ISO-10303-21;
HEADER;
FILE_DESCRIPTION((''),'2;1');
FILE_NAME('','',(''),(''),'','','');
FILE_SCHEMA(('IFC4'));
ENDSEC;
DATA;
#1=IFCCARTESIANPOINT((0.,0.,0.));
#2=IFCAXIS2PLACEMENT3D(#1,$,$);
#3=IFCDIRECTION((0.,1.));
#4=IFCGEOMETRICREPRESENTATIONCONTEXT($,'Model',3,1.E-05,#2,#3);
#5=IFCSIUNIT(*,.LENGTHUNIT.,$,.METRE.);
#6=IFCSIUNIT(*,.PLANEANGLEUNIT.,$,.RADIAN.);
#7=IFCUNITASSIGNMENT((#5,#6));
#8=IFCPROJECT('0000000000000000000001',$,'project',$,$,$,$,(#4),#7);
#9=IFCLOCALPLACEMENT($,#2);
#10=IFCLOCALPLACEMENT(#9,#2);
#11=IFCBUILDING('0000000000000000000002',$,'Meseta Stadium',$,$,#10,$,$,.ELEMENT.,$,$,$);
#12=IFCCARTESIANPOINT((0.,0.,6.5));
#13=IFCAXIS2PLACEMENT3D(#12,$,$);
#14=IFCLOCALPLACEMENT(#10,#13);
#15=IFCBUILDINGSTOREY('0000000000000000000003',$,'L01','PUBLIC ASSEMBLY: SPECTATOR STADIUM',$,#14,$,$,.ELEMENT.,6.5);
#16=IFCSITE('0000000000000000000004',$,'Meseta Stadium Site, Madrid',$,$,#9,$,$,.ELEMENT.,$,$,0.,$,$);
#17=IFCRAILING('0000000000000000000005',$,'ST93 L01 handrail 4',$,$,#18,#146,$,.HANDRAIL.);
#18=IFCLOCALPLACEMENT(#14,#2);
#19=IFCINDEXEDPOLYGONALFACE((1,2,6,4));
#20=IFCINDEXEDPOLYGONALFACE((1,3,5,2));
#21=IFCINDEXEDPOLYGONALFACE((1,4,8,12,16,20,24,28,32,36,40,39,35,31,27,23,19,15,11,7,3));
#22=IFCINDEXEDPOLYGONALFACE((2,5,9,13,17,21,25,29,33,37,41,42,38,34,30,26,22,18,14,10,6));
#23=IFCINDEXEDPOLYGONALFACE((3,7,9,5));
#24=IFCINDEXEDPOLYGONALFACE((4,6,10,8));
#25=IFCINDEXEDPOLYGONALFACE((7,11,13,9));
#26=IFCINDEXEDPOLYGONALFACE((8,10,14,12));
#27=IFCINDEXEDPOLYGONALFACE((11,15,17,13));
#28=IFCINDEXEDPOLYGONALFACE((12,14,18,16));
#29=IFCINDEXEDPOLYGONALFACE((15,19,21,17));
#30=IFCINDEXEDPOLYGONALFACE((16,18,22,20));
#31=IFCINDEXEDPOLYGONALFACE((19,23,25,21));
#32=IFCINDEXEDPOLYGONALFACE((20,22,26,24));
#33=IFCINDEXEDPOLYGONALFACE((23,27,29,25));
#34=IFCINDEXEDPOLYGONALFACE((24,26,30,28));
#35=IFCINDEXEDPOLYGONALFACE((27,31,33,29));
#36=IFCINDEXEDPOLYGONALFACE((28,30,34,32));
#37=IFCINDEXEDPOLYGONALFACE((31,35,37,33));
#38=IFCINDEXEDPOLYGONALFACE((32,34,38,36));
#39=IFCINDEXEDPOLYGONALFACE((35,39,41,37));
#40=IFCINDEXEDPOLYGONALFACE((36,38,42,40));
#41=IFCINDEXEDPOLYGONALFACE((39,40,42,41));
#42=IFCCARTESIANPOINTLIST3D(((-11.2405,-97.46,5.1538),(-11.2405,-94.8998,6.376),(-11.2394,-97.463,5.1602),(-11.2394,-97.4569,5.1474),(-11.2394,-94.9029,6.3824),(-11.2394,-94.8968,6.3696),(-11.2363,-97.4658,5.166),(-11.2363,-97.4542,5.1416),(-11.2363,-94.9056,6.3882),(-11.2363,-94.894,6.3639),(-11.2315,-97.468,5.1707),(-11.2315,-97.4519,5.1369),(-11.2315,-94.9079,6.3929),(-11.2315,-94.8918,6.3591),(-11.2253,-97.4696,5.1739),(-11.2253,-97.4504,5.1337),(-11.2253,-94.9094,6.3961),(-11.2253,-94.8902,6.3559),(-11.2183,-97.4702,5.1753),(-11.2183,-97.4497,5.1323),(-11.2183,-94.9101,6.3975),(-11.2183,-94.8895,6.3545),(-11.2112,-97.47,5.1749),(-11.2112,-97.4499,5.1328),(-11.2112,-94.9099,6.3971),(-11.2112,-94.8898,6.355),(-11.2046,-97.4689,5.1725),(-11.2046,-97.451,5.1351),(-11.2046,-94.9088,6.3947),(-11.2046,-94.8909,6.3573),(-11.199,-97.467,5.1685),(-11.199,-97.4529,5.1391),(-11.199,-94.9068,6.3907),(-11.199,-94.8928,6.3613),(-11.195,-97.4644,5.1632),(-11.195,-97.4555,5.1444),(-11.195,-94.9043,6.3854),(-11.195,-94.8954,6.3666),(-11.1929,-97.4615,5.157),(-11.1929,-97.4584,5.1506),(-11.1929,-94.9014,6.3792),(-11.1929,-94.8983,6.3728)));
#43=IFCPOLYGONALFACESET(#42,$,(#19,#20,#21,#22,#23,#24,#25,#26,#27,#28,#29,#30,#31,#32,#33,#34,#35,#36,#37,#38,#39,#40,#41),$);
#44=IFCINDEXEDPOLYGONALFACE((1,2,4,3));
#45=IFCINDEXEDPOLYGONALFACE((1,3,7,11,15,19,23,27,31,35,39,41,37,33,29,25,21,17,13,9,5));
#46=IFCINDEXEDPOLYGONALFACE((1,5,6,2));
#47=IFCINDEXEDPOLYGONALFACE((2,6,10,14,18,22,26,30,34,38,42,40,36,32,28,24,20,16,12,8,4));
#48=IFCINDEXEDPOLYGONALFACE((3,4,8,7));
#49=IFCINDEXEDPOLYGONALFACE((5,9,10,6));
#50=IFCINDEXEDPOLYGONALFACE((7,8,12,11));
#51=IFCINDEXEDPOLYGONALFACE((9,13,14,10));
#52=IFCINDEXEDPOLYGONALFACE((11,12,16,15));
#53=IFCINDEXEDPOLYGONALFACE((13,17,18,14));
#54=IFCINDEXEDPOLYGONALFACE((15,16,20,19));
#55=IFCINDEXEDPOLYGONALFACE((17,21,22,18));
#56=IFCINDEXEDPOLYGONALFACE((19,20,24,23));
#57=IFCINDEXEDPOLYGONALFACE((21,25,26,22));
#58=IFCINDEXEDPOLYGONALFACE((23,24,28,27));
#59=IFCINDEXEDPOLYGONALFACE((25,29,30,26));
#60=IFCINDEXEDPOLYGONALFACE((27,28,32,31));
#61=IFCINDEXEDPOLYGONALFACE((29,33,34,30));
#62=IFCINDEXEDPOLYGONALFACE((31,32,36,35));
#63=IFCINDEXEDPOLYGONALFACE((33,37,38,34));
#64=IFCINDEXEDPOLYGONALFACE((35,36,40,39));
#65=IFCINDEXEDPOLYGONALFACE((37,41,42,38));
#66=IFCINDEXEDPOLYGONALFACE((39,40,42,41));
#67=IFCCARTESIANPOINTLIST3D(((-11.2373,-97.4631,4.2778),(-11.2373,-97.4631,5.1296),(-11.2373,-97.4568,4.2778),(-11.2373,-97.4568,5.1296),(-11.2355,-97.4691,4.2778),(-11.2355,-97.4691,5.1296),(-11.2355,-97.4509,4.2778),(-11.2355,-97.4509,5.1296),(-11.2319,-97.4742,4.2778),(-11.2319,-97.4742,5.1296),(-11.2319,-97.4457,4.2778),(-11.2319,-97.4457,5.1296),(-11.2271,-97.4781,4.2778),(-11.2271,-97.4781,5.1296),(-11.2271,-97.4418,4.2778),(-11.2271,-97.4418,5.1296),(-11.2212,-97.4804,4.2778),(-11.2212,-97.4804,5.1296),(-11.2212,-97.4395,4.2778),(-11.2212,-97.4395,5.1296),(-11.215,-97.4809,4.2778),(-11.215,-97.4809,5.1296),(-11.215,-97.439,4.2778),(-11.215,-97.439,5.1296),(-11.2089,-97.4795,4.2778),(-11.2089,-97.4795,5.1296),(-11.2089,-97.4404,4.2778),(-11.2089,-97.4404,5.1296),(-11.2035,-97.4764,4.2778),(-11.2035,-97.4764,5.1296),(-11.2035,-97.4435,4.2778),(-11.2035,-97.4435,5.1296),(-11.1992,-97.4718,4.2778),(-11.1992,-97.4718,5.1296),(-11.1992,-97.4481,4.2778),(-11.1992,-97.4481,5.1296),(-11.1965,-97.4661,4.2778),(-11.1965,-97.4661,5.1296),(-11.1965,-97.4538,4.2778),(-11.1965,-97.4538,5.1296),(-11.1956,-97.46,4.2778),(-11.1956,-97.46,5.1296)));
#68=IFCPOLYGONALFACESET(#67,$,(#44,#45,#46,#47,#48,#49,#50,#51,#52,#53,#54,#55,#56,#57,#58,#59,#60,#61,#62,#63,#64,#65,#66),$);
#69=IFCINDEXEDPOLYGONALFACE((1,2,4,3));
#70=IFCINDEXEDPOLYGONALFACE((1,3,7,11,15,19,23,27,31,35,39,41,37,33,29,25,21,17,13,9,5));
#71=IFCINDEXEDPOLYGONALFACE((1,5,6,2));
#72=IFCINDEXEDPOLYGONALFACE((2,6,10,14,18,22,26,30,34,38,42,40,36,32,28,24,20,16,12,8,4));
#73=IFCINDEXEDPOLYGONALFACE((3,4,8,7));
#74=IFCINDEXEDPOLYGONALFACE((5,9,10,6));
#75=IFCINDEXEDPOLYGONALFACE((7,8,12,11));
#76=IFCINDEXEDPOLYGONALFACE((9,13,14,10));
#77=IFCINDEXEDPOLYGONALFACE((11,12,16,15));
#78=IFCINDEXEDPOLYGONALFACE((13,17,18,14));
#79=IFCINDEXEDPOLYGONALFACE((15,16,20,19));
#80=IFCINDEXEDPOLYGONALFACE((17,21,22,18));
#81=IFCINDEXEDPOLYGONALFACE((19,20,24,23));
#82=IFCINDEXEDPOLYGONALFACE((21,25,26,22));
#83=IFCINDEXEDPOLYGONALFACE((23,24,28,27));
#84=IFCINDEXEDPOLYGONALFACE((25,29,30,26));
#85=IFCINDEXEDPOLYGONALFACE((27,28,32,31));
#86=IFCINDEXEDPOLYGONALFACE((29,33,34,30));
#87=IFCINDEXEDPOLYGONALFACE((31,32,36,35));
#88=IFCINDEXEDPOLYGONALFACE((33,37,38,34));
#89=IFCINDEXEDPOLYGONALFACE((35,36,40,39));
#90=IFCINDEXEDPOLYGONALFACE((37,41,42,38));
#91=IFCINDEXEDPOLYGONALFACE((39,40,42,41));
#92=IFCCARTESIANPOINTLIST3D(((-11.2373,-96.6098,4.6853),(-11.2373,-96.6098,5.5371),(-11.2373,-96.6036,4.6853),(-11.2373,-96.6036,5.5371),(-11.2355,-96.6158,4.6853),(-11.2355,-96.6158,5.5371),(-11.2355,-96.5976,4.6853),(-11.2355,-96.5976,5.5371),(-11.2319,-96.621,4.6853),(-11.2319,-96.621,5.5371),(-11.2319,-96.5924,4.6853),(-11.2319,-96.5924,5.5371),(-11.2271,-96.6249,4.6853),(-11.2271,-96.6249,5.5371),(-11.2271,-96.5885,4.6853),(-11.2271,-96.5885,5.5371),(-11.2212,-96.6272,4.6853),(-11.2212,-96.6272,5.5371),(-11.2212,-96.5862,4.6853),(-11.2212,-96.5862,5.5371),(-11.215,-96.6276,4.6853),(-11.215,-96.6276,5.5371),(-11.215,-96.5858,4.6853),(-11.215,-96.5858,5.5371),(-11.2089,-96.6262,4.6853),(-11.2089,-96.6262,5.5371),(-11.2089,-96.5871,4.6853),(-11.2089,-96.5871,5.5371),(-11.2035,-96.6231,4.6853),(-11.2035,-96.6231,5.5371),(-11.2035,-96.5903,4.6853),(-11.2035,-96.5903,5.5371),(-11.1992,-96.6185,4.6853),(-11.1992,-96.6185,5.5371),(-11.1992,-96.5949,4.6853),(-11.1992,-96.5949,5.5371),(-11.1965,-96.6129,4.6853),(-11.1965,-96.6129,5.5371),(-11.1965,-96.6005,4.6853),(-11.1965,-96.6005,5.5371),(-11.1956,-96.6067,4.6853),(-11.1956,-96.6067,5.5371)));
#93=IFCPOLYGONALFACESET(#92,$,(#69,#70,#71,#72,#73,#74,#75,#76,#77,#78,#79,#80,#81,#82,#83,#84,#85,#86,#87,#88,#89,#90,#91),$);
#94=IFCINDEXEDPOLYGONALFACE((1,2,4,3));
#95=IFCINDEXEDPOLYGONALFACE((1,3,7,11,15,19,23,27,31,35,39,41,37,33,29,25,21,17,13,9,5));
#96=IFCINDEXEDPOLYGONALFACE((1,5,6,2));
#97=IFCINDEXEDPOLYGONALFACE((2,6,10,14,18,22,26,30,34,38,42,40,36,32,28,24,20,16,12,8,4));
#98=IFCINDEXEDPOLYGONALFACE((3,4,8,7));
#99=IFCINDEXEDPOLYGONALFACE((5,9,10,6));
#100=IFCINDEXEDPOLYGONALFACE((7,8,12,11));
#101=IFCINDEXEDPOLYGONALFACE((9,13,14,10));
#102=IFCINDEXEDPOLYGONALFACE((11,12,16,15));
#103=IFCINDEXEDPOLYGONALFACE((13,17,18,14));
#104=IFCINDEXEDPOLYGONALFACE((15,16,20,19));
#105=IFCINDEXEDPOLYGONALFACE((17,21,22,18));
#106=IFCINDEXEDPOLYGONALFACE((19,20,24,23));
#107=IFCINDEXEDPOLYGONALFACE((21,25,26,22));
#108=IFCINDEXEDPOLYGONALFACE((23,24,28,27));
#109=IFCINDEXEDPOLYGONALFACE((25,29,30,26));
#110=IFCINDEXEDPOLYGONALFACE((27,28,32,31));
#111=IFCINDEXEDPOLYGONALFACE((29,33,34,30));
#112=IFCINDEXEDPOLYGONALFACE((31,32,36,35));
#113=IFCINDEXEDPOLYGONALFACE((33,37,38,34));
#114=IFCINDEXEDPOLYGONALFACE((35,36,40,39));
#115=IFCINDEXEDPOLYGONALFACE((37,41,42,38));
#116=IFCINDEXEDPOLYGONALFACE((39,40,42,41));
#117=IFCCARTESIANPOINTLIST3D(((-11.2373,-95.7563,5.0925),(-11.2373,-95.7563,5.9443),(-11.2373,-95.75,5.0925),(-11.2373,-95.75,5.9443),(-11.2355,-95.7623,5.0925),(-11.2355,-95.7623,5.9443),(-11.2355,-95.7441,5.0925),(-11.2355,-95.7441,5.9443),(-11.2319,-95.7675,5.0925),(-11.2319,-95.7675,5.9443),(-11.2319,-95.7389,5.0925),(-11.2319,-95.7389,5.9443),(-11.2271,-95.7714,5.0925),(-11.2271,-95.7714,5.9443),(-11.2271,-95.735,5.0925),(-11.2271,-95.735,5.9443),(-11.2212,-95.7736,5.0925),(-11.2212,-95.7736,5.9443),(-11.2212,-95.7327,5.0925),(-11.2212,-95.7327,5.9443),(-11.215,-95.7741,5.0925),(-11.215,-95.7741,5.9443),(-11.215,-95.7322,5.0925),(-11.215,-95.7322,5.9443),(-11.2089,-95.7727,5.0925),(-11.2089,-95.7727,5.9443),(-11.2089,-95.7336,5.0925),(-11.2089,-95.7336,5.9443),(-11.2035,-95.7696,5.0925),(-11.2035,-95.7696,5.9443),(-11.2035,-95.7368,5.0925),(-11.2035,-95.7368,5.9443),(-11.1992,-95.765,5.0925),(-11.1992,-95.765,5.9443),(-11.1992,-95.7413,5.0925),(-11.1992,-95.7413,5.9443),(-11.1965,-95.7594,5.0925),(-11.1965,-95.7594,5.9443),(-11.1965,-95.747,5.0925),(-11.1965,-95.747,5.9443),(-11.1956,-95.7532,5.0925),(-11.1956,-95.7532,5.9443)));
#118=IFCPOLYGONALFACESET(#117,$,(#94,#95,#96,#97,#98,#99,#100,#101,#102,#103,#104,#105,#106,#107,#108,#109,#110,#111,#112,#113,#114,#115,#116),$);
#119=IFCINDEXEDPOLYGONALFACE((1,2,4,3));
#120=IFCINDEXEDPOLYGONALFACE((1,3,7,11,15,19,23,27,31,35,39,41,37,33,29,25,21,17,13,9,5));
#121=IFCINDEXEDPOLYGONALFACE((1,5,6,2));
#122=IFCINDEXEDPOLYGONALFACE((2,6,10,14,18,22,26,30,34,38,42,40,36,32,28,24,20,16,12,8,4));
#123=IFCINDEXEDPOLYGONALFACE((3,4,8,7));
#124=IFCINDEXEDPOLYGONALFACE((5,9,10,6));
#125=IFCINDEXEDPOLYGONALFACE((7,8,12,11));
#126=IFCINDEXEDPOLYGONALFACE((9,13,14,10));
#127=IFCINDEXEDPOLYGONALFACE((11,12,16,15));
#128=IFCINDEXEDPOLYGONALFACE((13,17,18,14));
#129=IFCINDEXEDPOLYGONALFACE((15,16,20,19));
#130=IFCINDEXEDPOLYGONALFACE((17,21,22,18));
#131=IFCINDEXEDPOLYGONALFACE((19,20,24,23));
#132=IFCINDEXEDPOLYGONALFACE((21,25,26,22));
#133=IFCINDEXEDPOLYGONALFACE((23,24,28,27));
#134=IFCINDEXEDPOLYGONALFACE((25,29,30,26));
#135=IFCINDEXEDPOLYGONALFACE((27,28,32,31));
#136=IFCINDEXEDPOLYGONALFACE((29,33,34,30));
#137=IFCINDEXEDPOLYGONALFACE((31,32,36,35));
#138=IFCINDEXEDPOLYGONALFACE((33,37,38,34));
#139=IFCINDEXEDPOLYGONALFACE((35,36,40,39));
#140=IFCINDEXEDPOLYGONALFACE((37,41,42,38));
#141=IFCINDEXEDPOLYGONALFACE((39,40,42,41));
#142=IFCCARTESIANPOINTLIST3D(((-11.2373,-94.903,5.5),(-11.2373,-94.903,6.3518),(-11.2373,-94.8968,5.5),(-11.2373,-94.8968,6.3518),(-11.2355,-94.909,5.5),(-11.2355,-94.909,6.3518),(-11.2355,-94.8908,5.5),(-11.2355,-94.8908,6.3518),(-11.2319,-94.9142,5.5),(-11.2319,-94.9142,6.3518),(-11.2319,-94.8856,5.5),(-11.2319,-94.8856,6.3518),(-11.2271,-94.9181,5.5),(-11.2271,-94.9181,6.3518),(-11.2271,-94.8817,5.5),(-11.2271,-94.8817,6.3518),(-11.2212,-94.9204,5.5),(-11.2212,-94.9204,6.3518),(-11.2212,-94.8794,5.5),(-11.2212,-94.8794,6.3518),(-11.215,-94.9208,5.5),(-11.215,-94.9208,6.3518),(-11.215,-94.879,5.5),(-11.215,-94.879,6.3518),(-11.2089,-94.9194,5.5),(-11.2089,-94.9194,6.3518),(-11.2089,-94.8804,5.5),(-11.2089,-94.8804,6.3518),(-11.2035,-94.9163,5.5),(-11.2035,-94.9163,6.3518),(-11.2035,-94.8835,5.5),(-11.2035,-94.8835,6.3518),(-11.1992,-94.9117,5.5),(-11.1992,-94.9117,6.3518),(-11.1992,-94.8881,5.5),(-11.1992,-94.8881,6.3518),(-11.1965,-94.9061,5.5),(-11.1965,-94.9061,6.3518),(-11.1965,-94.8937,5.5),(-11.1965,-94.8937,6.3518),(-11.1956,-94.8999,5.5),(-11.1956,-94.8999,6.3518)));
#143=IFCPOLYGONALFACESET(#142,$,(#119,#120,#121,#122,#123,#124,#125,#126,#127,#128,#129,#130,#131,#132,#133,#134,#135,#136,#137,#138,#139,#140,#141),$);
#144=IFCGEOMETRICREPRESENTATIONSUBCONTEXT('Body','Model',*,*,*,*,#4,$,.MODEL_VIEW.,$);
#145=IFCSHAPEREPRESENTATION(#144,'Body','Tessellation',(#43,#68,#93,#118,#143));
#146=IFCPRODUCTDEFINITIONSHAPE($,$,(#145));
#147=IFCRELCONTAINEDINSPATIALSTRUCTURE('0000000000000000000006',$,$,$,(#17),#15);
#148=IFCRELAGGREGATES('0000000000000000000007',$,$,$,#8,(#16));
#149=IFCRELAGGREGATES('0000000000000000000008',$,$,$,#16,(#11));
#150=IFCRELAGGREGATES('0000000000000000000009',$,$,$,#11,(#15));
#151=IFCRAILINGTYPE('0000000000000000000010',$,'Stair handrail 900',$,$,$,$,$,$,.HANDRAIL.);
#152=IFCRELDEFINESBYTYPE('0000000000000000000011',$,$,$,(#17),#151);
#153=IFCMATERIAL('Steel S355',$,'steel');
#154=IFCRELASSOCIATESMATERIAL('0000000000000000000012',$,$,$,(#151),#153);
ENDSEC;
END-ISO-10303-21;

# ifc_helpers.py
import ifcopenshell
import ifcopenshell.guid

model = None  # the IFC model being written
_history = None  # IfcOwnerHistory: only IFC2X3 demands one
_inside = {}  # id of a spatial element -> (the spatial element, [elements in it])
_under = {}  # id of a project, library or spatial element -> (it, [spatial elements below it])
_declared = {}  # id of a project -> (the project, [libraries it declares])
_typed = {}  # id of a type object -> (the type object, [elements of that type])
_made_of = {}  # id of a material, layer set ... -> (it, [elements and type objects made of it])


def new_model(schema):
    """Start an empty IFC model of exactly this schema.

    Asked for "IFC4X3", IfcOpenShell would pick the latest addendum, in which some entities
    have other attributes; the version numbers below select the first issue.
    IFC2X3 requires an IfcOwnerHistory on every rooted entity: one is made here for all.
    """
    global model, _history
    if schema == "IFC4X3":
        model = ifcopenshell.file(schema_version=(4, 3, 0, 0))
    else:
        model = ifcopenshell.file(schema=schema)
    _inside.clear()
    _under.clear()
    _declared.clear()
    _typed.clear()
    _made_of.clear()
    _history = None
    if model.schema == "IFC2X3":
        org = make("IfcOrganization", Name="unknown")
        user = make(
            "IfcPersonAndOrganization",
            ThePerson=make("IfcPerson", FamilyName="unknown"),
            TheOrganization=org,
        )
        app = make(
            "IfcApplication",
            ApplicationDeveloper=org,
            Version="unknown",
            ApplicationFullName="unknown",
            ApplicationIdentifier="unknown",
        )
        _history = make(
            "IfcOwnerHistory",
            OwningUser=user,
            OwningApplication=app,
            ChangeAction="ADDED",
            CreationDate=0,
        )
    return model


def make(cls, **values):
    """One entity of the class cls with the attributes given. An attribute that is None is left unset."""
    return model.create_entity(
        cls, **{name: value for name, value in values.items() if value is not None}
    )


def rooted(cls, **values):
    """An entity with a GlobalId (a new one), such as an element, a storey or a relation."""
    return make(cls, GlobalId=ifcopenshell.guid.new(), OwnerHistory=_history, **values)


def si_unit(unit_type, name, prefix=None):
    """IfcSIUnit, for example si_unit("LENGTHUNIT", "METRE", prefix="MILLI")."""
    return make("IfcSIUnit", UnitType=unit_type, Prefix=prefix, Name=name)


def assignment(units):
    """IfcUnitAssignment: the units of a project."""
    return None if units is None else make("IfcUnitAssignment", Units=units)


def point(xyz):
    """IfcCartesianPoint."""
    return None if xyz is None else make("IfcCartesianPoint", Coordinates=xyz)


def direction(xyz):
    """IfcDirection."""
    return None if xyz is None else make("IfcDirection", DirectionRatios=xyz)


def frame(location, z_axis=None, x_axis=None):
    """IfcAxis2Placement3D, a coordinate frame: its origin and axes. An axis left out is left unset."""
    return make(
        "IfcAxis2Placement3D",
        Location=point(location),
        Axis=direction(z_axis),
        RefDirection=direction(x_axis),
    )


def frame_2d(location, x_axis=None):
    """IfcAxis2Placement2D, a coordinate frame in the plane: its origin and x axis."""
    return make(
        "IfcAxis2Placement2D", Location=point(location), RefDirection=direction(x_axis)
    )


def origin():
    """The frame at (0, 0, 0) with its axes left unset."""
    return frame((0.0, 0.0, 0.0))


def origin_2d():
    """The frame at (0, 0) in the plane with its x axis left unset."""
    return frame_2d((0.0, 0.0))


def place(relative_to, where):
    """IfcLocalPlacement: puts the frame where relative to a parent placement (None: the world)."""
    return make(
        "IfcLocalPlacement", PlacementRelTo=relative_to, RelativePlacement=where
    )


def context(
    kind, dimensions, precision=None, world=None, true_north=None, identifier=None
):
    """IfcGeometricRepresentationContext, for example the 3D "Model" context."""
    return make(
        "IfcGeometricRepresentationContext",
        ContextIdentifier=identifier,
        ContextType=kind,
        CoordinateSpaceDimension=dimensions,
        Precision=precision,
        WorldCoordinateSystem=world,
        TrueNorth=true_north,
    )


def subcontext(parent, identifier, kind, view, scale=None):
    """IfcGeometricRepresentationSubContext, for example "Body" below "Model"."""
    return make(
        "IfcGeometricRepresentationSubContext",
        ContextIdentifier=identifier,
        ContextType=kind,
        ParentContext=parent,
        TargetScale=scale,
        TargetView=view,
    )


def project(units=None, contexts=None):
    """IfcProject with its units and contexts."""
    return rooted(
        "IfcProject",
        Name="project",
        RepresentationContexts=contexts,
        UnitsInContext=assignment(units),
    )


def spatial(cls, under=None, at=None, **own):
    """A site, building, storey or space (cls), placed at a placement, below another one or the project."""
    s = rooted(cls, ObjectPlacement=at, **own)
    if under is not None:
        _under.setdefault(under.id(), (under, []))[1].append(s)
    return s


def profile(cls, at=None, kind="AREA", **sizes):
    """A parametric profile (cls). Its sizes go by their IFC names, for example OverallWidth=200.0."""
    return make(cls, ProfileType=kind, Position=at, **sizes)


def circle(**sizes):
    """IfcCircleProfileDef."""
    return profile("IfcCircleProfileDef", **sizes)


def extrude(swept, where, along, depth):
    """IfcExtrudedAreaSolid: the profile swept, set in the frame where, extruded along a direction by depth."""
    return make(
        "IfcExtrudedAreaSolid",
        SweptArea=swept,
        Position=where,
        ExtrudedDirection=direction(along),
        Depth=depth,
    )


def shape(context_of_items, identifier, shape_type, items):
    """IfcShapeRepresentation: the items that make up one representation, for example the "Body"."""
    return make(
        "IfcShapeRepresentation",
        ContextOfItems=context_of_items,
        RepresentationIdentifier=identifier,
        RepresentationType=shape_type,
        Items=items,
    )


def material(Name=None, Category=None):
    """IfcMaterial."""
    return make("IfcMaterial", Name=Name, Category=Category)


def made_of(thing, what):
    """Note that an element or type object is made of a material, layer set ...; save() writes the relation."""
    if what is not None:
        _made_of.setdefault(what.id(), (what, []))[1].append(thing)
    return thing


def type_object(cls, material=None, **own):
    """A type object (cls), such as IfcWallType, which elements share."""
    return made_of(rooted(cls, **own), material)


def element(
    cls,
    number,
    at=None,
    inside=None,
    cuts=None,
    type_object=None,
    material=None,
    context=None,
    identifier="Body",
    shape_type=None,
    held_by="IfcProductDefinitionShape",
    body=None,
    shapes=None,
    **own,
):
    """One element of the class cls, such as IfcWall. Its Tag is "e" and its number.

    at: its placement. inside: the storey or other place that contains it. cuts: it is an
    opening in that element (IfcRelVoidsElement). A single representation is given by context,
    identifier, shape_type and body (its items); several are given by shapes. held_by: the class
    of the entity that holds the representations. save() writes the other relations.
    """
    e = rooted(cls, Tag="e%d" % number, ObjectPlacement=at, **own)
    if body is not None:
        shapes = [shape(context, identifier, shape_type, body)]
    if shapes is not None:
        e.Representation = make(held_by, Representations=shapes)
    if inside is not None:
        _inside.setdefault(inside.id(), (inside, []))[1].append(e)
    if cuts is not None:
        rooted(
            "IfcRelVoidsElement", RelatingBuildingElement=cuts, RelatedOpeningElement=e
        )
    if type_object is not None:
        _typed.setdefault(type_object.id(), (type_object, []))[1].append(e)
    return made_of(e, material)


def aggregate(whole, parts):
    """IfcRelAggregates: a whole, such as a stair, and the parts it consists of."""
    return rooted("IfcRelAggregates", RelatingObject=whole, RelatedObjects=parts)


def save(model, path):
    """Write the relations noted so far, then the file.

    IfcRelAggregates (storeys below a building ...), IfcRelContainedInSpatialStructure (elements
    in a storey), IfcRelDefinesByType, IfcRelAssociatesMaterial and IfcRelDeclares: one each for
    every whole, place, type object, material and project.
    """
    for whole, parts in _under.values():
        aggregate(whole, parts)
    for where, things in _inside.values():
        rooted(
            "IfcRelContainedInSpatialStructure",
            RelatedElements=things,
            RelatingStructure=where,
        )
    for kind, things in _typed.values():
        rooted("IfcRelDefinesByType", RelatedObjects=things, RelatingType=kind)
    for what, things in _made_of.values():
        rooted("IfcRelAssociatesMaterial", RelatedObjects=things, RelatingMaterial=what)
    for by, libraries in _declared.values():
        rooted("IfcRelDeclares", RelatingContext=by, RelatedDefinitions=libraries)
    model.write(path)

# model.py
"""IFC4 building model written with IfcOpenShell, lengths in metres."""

from ifc_helpers import new_model, si_unit, direction, frame, origin, origin_2d, place, context, subcontext, project, spatial, circle, extrude, material, type_object, element, save


model = new_model("IFC4")

# Units and contexts
model_context = context("Model", 3, precision=1e-05, world=origin(), true_north=direction((0.0, 1.0)))
body_context = subcontext(model_context, "Body", "Model", "MODEL_VIEW")
ifc_project = project(units=[si_unit("LENGTHUNIT", "METRE"), si_unit("PLANEANGLEUNIT", "RADIAN")], contexts=[model_context])

# Site, building, storey
site_placement = place(None, origin())
site = spatial("IfcSite", under=ifc_project, at=site_placement, Name="Meseta Stadium Site, Madrid", CompositionType="ELEMENT", RefElevation=0.0)
building_placement = place(site_placement, origin())
building = spatial("IfcBuilding", under=site, at=building_placement, Name="Meseta Stadium", CompositionType="ELEMENT")
storey_placement = place(building_placement, frame((0.0, 0.0, 6.5)))
storey = spatial("IfcBuildingStorey", under=building, at=storey_placement, Name="L01", Description="PUBLIC ASSEMBLY: SPECTATOR STADIUM", CompositionType="ELEMENT", Elevation=6.5)

# Railing
ifc_material_1 = material(Name="Steel S355", Category="steel")
railing_type_1 = type_object("IfcRailingType", Name="Stair handrail 900", PredefinedType="HANDRAIL", material=ifc_material_1)
railing_1_placement = place(storey_placement, frame((-11.2166, -97.46, 4.2778)))
element("IfcRailing", 1, at=railing_1_placement, inside=storey, type_object=railing_type_1, Name="ST93 L01 handrail 4", PredefinedType="HANDRAIL", context=body_context, shape_type="SweptSolid", body=[
    extrude(circle(Radius=0.0239, at=origin_2d()), frame((0.0, 0.0, 0.876), z_axis=(0.0, 0.902437, 0.430822), x_axis=(-1.0, 0.0, 0.0)), (0.0, 0.0, 1.0), 2.8369),
    extrude(circle(Radius=0.021, at=origin_2d()), origin(), (0.0, 0.0, 1.0), 0.8518),
    extrude(circle(Radius=0.021, at=origin_2d()), frame((0.0, 0.8533, 0.4075)), (0.0, 0.0, 1.0), 0.8518),
    extrude(circle(Radius=0.021, at=origin_2d()), frame((0.0, 1.7068, 0.8147)), (0.0, 0.0, 1.0), 0.8518),
    extrude(circle(Radius=0.021, at=origin_2d()), frame((0.0, 2.5601, 1.2222)), (0.0, 0.0, 1.0), 0.8518),
])

save(model, "model.ifc")
